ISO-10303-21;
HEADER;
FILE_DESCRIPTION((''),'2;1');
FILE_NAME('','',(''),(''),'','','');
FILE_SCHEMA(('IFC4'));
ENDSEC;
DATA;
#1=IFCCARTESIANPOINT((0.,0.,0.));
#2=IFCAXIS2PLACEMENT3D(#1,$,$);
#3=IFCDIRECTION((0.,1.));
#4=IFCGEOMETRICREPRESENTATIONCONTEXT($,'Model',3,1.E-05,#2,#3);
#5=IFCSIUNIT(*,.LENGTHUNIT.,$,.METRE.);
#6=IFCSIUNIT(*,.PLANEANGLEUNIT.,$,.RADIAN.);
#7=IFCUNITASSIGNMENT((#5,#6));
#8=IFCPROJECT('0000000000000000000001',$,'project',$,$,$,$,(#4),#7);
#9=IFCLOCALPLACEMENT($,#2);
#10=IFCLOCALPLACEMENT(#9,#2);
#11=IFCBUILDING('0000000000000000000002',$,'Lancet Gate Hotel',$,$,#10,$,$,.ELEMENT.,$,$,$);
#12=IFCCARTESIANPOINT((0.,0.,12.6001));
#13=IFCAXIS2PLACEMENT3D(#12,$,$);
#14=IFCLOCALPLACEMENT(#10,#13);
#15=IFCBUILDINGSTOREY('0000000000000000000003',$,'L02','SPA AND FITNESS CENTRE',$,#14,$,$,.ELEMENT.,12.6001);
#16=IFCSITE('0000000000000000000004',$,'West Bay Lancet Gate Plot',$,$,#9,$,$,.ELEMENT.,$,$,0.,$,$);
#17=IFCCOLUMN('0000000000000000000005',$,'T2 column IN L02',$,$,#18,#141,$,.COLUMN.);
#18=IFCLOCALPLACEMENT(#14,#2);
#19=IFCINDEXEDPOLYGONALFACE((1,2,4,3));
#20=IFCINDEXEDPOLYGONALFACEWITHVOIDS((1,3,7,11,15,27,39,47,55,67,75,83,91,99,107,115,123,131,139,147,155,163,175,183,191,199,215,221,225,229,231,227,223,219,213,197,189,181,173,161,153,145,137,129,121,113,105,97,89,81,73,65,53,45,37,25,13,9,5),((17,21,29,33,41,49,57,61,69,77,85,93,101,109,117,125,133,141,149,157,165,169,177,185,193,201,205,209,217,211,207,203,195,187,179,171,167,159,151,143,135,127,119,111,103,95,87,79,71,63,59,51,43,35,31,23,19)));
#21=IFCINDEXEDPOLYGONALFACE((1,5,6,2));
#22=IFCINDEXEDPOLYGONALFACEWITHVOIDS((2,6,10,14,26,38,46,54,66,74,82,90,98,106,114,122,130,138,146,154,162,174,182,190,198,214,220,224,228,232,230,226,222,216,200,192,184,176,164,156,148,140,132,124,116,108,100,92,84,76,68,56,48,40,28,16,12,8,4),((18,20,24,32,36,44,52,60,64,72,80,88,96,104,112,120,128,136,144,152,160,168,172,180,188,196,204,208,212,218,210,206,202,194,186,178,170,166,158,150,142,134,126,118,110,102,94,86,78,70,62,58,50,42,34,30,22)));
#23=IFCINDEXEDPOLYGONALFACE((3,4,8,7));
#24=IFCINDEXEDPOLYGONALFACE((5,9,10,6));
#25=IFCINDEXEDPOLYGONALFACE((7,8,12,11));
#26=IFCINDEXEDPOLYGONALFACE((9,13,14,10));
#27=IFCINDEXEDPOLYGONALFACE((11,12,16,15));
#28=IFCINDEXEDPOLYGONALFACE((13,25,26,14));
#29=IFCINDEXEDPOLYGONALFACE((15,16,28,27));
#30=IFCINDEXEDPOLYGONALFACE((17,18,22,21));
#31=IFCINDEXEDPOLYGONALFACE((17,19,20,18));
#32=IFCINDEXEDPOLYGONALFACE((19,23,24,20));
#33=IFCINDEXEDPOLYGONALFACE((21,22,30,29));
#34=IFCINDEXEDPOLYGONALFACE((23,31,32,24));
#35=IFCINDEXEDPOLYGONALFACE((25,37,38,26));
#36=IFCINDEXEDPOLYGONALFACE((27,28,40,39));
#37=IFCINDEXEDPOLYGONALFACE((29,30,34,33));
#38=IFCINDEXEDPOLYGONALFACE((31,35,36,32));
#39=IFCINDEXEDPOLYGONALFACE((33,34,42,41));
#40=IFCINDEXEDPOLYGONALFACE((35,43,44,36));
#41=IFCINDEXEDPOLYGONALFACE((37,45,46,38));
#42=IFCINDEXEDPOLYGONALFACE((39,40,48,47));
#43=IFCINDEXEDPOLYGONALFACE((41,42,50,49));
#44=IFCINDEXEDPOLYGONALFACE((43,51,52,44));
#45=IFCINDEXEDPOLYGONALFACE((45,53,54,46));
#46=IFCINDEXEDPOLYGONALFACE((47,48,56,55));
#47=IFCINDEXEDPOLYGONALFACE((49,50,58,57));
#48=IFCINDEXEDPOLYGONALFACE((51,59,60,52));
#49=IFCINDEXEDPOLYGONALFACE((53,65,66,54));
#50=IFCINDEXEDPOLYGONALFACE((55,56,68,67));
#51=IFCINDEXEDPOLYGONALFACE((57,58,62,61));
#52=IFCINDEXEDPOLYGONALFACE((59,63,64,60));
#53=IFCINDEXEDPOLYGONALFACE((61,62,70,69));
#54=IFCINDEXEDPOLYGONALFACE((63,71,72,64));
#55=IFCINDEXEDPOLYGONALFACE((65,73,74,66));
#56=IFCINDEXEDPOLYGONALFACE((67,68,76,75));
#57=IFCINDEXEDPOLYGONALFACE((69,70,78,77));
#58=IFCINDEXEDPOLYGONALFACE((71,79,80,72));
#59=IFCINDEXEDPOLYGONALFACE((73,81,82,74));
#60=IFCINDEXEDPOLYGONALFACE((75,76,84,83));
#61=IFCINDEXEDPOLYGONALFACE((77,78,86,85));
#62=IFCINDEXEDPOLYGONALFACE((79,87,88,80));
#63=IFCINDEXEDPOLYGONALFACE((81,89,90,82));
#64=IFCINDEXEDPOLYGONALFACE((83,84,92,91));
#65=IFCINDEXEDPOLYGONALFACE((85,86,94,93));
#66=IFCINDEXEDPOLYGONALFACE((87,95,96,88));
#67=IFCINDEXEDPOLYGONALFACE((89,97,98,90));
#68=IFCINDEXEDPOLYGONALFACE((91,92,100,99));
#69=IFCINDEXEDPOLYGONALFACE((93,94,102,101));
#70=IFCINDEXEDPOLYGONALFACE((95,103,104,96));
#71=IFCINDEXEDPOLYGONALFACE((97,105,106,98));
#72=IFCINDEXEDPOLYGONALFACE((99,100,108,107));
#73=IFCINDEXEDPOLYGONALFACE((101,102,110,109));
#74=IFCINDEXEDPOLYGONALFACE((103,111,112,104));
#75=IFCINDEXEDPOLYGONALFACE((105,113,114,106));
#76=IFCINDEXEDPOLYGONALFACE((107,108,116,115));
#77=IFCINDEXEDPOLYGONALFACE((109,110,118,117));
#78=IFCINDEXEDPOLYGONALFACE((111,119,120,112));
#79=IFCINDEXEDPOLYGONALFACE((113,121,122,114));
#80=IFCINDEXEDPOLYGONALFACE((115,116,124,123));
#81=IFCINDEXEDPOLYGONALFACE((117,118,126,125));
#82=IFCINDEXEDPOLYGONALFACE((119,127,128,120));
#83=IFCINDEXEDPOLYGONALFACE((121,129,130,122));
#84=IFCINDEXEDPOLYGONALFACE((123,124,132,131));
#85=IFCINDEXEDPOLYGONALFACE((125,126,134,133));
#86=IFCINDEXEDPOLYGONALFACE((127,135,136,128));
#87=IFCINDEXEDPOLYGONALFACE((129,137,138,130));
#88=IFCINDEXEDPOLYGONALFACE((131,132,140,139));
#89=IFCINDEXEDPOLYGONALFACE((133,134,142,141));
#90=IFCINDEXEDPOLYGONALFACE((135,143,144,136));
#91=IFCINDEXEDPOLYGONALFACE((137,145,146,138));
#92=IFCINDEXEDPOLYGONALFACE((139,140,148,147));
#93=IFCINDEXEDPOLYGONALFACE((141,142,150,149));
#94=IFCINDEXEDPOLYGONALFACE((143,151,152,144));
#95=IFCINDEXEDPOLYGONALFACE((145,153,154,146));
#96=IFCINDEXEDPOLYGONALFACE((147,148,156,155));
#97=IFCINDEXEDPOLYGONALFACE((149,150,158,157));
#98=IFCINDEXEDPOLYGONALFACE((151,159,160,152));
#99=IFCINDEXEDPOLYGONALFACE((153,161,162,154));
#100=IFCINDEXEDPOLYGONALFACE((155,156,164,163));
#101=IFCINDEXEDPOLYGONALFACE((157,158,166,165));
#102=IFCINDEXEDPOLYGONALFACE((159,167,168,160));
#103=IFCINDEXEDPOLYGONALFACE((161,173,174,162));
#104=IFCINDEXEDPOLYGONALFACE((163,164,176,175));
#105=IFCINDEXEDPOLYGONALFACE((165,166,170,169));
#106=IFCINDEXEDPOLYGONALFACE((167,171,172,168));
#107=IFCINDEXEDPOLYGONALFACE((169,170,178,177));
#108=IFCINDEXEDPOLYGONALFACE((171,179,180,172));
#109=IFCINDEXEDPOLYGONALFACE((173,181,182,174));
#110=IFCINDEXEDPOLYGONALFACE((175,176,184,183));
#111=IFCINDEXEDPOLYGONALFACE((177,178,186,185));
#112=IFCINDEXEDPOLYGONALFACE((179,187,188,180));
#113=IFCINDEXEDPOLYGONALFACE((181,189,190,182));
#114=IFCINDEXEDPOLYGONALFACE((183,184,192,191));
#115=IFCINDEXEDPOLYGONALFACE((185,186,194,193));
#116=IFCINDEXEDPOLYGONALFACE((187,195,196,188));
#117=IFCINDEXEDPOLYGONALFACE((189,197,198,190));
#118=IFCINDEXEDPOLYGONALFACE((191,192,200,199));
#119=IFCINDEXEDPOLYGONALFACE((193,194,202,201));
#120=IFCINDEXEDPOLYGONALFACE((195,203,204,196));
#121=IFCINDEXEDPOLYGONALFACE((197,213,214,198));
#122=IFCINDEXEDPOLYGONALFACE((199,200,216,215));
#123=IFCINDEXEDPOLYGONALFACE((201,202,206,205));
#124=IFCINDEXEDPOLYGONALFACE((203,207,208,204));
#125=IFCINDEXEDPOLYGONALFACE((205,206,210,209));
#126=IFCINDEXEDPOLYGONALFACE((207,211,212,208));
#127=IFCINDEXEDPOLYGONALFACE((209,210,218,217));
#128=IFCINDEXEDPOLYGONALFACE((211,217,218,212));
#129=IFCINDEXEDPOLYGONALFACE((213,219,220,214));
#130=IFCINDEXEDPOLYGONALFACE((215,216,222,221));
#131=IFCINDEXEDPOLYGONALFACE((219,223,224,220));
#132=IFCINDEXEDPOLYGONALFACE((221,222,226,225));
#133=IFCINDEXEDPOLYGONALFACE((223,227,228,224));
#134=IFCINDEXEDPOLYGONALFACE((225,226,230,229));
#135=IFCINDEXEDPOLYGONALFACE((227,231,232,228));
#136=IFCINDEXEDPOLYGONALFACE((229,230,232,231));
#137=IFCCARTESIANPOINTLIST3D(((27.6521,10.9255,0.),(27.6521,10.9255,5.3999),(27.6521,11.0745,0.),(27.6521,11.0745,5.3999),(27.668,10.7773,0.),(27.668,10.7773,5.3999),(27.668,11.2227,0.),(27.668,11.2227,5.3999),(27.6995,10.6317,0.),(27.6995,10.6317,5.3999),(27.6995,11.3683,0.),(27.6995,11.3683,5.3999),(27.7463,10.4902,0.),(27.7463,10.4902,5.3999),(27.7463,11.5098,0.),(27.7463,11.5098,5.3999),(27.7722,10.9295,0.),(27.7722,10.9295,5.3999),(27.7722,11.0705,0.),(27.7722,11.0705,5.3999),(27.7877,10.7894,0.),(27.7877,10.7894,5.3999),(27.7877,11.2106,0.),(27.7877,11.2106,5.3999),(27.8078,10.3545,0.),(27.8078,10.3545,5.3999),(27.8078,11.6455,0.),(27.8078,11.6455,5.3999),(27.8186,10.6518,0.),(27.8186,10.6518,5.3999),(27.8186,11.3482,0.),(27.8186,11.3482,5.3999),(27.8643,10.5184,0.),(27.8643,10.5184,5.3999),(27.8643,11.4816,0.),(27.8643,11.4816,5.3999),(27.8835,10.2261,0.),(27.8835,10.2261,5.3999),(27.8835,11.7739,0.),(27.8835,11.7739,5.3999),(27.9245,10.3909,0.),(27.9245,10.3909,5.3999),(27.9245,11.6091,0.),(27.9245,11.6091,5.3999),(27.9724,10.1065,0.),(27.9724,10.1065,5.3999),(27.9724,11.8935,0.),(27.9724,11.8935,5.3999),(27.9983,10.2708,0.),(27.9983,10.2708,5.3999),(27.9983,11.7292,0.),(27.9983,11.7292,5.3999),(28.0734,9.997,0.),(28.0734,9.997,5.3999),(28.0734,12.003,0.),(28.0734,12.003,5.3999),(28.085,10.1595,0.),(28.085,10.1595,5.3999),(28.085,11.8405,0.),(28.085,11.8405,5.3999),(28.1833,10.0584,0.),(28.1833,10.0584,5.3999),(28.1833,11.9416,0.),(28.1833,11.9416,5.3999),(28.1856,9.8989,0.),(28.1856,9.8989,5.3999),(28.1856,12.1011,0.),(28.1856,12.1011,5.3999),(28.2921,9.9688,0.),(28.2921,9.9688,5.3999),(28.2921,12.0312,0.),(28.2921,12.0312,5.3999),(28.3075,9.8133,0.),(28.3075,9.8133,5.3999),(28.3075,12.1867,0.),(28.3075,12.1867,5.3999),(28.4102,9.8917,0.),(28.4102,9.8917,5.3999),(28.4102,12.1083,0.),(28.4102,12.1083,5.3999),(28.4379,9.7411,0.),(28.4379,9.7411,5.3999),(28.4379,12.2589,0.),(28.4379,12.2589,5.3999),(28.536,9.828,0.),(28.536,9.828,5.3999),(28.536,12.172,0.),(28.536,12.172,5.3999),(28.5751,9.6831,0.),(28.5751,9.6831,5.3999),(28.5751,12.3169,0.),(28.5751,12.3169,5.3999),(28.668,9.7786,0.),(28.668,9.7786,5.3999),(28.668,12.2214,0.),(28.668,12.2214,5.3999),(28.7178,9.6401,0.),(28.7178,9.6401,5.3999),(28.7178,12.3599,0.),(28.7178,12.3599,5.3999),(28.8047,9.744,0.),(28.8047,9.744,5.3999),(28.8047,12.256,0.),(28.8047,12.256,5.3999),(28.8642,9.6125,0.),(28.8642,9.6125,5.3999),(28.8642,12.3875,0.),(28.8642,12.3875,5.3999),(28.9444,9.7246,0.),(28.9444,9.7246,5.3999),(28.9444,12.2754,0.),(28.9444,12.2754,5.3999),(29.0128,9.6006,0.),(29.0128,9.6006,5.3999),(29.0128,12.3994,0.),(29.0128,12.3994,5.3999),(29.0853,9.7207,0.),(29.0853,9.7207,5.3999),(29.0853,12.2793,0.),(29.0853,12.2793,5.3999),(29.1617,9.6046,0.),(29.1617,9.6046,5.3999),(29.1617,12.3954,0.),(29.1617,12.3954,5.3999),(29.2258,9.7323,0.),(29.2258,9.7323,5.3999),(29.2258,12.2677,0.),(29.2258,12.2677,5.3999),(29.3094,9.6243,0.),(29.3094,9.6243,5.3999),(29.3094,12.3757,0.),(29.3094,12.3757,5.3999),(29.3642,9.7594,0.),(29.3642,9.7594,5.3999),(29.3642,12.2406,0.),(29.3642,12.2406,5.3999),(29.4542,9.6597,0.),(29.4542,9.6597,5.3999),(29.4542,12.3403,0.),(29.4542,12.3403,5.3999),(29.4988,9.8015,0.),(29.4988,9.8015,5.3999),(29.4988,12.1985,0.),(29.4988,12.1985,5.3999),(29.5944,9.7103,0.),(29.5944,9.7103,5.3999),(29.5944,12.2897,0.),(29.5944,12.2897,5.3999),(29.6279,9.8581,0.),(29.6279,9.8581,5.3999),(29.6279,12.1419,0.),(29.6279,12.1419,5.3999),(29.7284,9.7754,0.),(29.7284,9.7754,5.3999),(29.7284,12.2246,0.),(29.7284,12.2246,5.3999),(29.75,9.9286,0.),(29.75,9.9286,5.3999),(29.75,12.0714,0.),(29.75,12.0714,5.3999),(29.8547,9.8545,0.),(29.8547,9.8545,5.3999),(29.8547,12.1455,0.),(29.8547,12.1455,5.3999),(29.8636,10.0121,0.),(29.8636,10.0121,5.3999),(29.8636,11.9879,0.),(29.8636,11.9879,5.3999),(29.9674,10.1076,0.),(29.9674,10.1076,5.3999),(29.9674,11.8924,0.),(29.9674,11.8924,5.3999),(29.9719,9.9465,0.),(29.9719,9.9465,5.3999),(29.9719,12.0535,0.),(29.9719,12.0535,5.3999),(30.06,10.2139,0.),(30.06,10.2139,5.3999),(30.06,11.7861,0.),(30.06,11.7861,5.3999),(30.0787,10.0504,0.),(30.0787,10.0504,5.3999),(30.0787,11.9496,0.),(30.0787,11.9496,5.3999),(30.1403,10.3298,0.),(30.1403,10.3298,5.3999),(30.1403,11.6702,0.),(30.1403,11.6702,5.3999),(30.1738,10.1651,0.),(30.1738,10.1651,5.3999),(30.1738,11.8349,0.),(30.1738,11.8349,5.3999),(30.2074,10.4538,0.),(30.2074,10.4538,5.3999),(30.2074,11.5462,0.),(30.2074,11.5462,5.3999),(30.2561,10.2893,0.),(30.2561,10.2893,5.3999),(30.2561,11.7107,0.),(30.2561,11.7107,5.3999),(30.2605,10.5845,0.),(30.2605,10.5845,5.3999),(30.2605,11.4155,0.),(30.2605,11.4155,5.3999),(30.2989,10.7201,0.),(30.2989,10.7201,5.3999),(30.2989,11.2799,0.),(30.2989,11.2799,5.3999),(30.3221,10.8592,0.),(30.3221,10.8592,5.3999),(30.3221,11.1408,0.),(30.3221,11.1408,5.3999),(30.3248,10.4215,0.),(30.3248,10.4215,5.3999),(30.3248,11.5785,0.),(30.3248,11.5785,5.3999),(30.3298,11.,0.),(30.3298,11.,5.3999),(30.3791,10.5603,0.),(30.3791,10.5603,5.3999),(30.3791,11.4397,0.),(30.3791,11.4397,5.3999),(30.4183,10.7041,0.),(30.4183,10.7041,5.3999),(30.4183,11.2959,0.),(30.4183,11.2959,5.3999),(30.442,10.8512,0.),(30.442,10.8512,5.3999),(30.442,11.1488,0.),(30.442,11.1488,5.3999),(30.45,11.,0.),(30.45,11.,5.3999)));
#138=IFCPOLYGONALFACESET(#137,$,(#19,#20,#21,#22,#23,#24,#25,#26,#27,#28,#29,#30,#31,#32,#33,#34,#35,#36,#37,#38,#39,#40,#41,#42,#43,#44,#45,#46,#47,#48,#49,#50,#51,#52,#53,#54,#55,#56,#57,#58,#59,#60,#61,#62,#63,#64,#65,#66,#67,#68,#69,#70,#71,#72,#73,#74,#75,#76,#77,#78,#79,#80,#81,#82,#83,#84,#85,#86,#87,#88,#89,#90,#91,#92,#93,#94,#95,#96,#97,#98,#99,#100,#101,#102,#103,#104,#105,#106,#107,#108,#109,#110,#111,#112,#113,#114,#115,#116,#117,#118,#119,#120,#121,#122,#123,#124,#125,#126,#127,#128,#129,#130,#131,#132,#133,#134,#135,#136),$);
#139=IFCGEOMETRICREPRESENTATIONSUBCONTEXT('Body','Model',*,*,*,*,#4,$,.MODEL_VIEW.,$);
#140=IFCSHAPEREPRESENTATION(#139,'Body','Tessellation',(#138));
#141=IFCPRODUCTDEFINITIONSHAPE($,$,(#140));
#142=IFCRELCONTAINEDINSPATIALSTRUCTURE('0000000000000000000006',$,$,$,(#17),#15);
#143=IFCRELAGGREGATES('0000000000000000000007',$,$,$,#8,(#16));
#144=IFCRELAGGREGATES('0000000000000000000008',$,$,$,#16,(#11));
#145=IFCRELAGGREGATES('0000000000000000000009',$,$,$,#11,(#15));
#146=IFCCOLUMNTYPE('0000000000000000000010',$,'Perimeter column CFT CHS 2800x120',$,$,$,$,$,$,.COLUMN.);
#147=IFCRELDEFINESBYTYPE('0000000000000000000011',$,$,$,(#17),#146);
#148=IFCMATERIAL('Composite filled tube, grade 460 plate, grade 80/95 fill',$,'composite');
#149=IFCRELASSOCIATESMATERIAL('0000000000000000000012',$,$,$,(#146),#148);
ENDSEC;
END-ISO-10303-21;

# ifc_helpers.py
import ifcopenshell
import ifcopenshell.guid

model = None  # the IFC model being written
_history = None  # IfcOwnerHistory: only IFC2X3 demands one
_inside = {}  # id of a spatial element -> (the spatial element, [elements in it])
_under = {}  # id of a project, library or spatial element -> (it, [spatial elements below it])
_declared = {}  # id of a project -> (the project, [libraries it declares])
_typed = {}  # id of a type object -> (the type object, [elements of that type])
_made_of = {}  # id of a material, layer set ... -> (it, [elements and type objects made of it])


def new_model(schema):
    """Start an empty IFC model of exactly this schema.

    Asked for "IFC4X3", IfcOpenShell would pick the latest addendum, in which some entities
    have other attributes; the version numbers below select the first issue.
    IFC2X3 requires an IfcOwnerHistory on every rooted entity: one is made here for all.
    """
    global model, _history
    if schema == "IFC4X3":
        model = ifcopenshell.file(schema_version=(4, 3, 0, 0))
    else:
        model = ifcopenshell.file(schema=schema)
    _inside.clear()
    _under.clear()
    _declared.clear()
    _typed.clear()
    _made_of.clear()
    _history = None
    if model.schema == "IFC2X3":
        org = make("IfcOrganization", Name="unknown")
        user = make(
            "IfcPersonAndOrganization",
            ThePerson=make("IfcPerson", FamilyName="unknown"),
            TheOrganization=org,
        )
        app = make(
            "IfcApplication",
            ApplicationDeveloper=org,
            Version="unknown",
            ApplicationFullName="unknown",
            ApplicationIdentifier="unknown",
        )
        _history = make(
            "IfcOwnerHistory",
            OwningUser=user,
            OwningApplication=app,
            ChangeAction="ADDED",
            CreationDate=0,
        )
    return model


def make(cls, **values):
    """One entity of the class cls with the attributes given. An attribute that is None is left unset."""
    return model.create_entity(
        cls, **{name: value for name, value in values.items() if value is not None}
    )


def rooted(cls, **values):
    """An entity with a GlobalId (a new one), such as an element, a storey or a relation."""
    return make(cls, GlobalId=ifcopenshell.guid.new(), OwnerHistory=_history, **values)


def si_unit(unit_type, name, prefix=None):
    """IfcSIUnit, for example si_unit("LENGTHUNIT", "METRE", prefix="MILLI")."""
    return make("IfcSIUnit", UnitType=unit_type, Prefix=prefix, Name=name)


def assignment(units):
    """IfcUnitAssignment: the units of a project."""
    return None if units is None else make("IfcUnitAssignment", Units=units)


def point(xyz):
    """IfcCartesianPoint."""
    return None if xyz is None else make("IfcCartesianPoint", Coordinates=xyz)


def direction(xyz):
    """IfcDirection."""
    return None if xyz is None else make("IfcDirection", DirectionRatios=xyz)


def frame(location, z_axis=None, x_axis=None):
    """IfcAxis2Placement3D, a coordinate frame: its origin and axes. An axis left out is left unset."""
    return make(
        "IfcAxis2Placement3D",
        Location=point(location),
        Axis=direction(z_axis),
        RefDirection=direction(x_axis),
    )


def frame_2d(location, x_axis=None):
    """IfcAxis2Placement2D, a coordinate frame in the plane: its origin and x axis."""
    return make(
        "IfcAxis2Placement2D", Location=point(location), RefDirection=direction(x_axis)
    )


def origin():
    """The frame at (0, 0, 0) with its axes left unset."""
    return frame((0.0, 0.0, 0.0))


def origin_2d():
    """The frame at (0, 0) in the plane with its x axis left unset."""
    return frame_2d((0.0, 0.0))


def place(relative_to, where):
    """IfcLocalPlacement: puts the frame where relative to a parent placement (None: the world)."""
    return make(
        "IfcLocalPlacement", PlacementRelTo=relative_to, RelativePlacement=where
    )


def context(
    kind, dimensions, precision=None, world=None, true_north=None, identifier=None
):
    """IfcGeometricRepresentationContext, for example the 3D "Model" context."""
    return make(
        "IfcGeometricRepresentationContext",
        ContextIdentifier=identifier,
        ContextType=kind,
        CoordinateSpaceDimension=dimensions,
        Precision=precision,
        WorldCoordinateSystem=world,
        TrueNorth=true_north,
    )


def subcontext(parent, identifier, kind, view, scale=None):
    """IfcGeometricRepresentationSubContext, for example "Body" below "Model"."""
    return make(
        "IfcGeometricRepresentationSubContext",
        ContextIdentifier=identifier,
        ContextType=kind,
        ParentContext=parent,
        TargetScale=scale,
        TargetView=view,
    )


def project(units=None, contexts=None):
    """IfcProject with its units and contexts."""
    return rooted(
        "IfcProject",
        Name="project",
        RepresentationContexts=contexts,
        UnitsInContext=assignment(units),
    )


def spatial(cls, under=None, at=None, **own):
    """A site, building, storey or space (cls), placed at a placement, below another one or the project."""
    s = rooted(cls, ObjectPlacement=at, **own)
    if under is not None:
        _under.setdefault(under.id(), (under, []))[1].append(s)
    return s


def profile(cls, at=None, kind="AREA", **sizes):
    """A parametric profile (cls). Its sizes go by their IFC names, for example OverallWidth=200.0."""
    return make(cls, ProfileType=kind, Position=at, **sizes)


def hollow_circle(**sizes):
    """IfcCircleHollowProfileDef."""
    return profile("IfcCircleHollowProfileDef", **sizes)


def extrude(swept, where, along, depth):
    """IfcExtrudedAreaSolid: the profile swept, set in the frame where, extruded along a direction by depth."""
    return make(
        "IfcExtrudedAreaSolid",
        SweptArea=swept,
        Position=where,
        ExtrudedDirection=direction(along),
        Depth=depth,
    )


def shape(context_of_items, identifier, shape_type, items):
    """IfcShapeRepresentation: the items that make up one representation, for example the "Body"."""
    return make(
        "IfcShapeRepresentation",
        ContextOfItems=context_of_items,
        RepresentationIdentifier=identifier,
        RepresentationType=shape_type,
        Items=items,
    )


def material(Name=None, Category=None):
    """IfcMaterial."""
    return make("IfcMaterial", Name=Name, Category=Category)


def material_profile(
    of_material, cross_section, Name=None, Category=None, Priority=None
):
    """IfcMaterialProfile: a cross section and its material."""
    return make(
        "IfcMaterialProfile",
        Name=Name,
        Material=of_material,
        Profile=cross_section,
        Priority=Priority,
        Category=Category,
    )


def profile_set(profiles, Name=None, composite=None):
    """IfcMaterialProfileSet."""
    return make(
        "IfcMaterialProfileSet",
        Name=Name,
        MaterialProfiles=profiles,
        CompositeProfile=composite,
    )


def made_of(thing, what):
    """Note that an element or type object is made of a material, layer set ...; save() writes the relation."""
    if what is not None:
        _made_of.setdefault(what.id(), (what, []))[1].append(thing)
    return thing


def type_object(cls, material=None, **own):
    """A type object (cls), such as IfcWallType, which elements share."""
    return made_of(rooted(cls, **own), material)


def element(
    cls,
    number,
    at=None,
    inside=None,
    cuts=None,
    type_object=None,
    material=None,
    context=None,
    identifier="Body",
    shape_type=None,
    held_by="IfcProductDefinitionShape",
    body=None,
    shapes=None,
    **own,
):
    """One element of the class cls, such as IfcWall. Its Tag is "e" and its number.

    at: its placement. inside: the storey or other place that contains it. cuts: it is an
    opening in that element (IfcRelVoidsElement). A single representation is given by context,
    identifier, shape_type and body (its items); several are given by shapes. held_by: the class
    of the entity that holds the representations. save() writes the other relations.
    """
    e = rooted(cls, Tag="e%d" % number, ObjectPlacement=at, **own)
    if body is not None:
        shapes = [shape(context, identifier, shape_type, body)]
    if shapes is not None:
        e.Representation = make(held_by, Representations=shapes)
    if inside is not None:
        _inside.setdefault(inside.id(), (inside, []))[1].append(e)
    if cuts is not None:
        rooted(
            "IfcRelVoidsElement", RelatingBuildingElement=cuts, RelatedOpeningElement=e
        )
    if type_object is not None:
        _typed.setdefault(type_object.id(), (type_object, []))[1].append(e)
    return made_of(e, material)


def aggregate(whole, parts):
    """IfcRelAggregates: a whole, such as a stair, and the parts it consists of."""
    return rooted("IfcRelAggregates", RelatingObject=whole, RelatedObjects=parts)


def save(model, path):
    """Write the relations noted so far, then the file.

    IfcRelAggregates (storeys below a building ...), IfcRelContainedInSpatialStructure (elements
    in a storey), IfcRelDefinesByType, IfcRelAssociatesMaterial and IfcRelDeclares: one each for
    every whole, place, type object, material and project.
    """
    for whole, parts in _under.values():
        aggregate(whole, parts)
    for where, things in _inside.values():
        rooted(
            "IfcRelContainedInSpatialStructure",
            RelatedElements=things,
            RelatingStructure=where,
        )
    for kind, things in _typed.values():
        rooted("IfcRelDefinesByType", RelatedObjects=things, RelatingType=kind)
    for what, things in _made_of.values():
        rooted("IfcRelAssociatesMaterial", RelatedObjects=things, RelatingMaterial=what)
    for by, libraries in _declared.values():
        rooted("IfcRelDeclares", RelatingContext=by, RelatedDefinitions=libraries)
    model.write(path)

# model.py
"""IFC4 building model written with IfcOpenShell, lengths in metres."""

from ifc_helpers import new_model, si_unit, direction, frame, origin, origin_2d, place, context, subcontext, project, spatial, hollow_circle, extrude, material, material_profile, profile_set, type_object, element, save


model = new_model("IFC4")

# Units and contexts
model_context = context("Model", 3, precision=1e-05, world=origin(), true_north=direction((0.0, 1.0)))
body_context = subcontext(model_context, "Body", "Model", "MODEL_VIEW")
ifc_project = project(units=[si_unit("LENGTHUNIT", "METRE"), si_unit("PLANEANGLEUNIT", "RADIAN")], contexts=[model_context])

# Site, building, storey
site_placement = place(None, origin())
site = spatial("IfcSite", under=ifc_project, at=site_placement, Name="West Bay Lancet Gate Plot", CompositionType="ELEMENT", RefElevation=0.0)
building_placement = place(site_placement, origin())
building = spatial("IfcBuilding", under=site, at=building_placement, Name="Lancet Gate Hotel", CompositionType="ELEMENT")
storey_placement = place(building_placement, frame((0.0, 0.0, 12.6001)))
storey = spatial("IfcBuildingStorey", under=building, at=storey_placement, Name="L02", Description="SPA AND FITNESS CENTRE", CompositionType="ELEMENT", Elevation=12.6001)

# Column
ifc_material_1 = material(Name="Composite filled tube, grade 460 plate, grade 80/95 fill", Category="composite")
ifc_material_profile_1 = material_profile(ifc_material_1, hollow_circle(Radius=1.3999, WallThickness=0.1201, at=origin_2d()), Name="CHS 2800x120")
ifc_profile_set_1 = profile_set([ifc_material_profile_1], Name="Composite filled tube, grade 460 plate, grade 80/95 fill")
column_type = type_object("IfcColumnType", Name="Perimeter column CFT CHS 2800x120", PredefinedType="COLUMN", material=ifc_profile_set_1)
for number, where, z_axis, x_axis, name in (
    (1, (29.05, 11.0, 0.0), (0.0, 0.0, 1.0), (1.0, 0.0, 0.0), "T2 column IN L02"),
):
    element("IfcColumn", number, at=place(storey_placement, frame(where, z_axis=z_axis, x_axis=x_axis)), inside=storey, type_object=column_type, Name=name, PredefinedType="COLUMN", context=body_context, shape_type="SweptSolid", body=[
        extrude(hollow_circle(Radius=1.3999, WallThickness=0.1201, at=origin_2d()), origin(), (0.0, 0.0, 1.0), 5.3999),
    ])

save(model, "model.ifc")
